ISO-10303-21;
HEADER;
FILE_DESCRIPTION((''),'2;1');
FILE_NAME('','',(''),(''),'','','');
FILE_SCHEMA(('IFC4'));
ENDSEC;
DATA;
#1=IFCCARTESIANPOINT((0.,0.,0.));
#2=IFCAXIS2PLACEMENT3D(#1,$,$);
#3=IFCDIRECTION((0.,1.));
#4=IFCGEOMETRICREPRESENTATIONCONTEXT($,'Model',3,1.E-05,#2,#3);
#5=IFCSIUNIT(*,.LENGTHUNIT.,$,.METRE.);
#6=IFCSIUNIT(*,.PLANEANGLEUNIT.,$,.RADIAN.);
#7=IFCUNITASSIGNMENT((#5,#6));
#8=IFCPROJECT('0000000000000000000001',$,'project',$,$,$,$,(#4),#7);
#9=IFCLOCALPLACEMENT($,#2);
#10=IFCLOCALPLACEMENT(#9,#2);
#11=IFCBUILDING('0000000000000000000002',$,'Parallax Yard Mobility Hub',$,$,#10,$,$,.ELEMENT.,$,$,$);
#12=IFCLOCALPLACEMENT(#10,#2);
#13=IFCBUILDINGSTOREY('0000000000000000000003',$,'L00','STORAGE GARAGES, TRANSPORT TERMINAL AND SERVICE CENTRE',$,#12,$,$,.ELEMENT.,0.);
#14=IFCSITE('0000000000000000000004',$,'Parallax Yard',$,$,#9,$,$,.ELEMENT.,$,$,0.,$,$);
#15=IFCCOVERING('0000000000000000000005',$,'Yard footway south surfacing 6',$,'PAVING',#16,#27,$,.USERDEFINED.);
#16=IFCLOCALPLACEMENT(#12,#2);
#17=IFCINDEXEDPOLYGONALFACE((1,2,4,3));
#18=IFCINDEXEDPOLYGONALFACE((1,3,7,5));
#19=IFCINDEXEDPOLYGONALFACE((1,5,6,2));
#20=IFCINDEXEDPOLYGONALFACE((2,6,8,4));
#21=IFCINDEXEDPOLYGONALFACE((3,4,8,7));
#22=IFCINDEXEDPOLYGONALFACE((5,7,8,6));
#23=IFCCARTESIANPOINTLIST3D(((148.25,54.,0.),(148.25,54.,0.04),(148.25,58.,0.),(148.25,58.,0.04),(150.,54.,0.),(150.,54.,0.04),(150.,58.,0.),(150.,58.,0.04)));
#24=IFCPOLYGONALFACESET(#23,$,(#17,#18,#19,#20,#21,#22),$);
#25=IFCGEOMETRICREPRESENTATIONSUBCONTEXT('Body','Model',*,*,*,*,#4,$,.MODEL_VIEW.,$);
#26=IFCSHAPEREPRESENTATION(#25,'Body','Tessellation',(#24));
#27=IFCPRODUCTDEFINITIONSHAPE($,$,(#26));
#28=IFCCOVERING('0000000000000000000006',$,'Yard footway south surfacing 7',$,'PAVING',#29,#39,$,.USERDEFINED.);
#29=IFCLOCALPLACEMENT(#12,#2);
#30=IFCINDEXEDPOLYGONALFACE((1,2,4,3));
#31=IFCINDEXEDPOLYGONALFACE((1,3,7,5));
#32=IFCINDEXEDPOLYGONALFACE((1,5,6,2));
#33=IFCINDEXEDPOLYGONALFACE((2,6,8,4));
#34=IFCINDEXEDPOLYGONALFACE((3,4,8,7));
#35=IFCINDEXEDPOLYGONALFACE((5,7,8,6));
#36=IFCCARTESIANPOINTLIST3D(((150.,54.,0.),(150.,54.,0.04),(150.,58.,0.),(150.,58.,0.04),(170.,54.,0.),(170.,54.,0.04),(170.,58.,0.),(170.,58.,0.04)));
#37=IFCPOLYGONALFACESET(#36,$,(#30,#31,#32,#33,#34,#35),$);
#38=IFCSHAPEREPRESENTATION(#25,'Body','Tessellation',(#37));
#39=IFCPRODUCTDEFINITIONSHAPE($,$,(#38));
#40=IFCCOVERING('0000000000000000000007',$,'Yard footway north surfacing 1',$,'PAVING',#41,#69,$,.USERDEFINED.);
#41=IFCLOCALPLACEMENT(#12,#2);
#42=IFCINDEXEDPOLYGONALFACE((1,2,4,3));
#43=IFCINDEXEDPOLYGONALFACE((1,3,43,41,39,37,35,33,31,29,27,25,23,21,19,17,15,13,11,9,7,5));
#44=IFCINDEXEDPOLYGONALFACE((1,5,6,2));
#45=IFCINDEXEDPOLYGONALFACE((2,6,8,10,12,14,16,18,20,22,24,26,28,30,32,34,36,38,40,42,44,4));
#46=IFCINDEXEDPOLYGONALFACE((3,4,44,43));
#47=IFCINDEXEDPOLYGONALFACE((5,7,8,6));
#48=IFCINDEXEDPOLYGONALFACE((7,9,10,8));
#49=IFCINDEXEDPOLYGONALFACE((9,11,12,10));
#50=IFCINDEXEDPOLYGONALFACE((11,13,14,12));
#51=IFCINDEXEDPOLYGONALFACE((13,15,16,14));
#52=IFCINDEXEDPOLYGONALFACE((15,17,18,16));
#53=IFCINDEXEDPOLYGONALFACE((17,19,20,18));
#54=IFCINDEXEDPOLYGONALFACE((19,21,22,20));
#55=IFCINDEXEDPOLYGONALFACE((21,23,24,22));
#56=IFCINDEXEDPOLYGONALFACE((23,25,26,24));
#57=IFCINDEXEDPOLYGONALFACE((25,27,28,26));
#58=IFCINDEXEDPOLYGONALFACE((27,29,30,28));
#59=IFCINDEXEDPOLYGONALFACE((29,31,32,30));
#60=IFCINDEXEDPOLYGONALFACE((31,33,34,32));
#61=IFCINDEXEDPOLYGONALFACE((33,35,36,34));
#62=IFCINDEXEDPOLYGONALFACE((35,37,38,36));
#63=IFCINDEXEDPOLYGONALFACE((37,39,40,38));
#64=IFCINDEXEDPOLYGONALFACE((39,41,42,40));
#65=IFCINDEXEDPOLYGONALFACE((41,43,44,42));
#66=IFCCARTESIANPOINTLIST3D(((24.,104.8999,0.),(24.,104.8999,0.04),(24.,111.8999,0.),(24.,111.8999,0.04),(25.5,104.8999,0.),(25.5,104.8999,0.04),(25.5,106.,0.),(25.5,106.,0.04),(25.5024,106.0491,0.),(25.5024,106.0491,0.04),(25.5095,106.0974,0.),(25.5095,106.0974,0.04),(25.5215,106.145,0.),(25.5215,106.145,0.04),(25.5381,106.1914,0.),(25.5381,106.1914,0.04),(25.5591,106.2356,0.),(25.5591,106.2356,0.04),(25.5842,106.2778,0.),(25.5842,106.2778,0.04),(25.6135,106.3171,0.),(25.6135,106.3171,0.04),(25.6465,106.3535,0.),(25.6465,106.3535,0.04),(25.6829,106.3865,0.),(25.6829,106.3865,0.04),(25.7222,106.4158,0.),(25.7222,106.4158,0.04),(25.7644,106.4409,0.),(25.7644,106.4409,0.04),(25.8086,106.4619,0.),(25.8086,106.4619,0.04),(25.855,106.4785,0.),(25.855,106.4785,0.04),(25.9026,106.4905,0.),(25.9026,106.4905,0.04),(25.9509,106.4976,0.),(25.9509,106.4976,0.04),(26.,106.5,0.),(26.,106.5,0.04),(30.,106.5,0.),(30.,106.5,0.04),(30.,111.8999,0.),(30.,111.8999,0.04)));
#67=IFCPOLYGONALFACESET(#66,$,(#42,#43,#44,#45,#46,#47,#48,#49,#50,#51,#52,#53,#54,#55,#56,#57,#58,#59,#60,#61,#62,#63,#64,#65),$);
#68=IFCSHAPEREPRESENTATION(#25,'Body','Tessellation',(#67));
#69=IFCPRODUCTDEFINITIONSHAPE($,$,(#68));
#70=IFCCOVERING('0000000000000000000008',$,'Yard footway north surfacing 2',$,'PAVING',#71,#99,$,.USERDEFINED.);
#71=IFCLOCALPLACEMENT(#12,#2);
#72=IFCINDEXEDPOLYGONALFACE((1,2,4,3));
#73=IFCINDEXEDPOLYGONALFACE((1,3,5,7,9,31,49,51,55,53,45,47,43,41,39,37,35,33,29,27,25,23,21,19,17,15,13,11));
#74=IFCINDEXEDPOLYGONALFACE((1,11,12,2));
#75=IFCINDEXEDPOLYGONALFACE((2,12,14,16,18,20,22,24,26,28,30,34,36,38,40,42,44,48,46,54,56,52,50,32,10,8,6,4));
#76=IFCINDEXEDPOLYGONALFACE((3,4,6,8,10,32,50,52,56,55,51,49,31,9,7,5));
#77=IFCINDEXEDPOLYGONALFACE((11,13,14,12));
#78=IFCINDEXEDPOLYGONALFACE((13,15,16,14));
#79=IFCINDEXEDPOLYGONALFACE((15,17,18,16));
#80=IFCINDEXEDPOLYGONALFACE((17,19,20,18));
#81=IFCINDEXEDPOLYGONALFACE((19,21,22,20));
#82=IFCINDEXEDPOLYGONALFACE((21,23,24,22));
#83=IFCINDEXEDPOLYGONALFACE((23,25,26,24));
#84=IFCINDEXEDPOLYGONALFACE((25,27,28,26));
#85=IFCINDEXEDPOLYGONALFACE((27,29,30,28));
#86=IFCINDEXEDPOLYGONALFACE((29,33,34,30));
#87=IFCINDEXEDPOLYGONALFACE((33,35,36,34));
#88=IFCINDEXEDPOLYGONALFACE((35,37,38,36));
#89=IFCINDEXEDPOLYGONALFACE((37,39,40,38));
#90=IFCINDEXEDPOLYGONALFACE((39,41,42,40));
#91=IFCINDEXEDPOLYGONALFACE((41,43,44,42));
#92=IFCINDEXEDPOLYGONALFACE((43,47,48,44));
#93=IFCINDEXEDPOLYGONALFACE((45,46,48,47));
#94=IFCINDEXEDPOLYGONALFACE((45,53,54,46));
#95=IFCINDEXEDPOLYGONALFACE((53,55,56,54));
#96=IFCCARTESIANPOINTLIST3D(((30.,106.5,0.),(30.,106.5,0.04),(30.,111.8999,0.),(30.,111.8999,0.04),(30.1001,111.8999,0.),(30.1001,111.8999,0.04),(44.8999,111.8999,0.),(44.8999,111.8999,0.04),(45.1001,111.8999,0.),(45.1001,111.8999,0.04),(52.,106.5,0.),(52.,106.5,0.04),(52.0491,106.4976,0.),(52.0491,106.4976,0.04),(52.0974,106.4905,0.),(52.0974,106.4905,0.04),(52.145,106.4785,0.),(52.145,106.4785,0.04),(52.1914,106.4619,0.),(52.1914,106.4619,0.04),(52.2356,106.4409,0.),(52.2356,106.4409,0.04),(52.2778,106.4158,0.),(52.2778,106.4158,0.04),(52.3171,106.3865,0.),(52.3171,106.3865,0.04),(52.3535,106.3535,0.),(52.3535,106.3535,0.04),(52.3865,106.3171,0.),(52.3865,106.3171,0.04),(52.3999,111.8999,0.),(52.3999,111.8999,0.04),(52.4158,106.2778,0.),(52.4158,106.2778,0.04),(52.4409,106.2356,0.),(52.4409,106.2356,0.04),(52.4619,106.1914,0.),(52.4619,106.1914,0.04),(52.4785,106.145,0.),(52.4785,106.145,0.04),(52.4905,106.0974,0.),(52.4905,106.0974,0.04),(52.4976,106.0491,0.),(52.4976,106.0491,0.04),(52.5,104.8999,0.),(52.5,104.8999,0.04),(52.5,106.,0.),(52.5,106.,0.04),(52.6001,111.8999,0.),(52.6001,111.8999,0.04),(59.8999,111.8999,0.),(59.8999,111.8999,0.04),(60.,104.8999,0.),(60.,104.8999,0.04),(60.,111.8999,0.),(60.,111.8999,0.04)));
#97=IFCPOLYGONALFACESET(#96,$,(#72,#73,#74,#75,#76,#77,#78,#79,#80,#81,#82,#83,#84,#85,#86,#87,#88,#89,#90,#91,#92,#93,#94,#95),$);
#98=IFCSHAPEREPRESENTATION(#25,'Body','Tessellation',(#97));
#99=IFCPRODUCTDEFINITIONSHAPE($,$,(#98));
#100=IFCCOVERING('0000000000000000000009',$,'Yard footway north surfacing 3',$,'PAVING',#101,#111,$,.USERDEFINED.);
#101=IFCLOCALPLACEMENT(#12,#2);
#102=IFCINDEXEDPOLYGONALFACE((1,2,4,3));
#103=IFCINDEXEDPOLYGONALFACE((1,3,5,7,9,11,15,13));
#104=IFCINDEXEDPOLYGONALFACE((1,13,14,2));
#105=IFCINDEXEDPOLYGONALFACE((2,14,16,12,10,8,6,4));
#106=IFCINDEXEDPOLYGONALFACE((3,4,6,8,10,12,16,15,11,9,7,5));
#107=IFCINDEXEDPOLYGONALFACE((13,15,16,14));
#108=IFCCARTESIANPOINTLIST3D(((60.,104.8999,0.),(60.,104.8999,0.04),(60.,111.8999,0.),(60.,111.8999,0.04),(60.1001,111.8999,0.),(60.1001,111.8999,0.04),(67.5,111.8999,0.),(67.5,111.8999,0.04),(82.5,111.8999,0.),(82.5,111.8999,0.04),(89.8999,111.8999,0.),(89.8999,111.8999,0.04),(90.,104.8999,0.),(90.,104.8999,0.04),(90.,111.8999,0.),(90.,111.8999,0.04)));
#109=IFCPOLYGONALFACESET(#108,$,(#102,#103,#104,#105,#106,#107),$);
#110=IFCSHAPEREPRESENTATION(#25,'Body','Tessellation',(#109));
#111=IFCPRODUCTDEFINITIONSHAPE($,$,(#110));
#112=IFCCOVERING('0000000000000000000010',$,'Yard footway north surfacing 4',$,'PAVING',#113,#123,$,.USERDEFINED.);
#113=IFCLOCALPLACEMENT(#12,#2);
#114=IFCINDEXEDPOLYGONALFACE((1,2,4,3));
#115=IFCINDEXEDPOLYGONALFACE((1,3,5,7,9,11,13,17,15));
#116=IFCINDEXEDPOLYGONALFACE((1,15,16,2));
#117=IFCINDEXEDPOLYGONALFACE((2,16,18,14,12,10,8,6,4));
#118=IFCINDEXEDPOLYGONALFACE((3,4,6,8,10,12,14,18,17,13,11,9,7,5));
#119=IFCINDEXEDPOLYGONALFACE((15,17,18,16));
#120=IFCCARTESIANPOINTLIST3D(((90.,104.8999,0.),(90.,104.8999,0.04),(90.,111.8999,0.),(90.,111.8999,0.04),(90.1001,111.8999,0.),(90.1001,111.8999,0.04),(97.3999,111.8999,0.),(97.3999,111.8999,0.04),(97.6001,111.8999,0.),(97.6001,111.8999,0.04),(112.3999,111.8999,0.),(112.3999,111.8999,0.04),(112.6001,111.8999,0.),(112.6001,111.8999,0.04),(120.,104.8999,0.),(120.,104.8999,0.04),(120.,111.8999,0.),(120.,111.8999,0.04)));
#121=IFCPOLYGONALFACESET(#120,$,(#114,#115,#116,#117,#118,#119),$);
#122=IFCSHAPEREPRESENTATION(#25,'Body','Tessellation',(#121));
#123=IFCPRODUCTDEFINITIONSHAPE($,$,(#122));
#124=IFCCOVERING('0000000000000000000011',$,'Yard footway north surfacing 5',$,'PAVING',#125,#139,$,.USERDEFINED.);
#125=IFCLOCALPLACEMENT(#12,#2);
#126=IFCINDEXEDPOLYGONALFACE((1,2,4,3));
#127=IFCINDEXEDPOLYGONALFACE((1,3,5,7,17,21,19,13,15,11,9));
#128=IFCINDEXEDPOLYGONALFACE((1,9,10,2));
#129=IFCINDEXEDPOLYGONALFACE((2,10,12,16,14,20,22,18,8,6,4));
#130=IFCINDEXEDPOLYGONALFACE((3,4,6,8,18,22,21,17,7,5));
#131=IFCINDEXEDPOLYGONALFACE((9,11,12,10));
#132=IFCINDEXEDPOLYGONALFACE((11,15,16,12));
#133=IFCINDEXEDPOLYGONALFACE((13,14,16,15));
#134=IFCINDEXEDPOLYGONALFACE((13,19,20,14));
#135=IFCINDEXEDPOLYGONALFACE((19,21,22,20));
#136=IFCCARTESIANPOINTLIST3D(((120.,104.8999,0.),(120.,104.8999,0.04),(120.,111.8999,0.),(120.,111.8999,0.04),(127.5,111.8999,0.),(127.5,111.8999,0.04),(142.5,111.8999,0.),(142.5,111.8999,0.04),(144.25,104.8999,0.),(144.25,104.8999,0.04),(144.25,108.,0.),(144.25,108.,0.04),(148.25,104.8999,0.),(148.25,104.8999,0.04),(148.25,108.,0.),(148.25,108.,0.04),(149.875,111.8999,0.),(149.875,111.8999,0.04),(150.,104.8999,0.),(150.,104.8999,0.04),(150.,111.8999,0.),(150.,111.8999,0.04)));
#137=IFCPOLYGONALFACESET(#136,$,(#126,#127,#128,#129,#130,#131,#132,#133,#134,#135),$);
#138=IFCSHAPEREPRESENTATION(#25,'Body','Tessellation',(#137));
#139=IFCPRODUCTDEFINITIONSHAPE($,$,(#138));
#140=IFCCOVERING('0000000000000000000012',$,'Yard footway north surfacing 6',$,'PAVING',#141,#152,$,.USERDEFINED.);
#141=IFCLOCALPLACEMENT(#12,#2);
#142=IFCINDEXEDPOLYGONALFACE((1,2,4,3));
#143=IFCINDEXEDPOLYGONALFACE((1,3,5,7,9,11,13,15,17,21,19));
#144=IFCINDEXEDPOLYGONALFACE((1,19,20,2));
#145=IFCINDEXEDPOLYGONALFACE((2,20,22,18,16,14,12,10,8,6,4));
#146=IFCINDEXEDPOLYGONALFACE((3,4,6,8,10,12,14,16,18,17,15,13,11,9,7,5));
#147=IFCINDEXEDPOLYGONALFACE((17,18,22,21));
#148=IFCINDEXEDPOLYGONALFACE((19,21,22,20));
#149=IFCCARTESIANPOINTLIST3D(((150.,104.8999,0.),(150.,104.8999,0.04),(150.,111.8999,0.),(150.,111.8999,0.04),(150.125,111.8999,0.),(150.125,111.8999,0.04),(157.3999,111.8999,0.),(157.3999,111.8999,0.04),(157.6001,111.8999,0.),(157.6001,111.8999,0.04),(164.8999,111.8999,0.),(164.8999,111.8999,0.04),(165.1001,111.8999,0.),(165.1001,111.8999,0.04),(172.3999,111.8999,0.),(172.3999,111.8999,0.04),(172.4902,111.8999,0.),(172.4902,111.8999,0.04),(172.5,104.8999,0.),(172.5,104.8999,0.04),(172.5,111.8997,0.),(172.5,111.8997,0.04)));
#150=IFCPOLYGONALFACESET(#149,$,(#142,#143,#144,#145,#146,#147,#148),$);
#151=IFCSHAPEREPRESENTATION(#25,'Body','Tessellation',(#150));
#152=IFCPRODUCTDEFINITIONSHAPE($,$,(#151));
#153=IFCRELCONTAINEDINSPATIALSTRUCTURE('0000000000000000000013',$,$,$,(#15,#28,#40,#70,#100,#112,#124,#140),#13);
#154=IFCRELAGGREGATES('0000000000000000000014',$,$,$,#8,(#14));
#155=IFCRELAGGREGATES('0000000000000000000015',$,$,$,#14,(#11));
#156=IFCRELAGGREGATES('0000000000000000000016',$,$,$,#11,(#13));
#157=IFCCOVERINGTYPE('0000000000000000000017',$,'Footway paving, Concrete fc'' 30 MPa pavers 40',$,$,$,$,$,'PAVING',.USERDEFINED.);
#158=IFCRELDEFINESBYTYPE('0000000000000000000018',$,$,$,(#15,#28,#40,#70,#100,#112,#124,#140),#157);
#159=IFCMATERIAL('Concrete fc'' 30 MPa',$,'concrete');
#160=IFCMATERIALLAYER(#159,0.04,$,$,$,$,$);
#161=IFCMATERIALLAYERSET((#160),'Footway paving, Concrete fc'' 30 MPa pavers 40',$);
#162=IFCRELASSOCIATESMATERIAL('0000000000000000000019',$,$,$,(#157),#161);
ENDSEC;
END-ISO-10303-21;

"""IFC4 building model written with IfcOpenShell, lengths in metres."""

from ifc_helpers import new_model, si_unit, direction, origin, place, context, subcontext, project, spatial, polyline, outline, extrude, material, layer, layer_set, type_object, element, save


model = new_model("IFC4")

# Units and contexts
model_context = context("Model", 3, precision=1e-05, world=origin(), true_north=direction((0.0, 1.0)))
body_context = subcontext(model_context, "Body", "Model", "MODEL_VIEW")
ifc_project = project(units=[si_unit("LENGTHUNIT", "METRE"), si_unit("PLANEANGLEUNIT", "RADIAN")], contexts=[model_context])

# Site, building, storey
site_placement = place(None, origin())
site = spatial("IfcSite", under=ifc_project, at=site_placement, Name="Parallax Yard", CompositionType="ELEMENT", RefElevation=0.0)
building_placement = place(site_placement, origin())
building = spatial("IfcBuilding", under=site, at=building_placement, Name="Parallax Yard Mobility Hub", CompositionType="ELEMENT")
storey_placement = place(building_placement, origin())
storey = spatial("IfcBuildingStorey", under=building, at=storey_placement, Name="L00", Description="STORAGE GARAGES, TRANSPORT TERMINAL AND SERVICE CENTRE", CompositionType="ELEMENT", Elevation=0.0)

# Coverings
ifc_material_1 = material(Name="Concrete fc' 30 MPa", Category="concrete")
ifc_layer_1 = layer(ifc_material_1, 0.04)
ifc_layer_set_1 = layer_set([ifc_layer_1], Name="Footway paving, Concrete fc' 30 MPa pavers 40")
covering_type_1 = type_object("IfcCoveringType", Name="Footway paving, Concrete fc' 30 MPa pavers 40", ElementType="PAVING", PredefinedType="USERDEFINED", material=ifc_layer_set_1)
covering_1_placement = place(storey_placement, origin())
element("IfcCovering", 1, at=covering_1_placement, inside=storey, type_object=covering_type_1, Name="Yard footway south surfacing 6", ObjectType="PAVING", PredefinedType="USERDEFINED", context=body_context, shape_type="SweptSolid", body=[
    extrude(outline(polyline([(148.25, 54.0), (148.25, 58.0), (150.0, 58.0), (150.0, 54.0), (148.25, 54.0)])), origin(), (0.0, 0.0, 1.0), 0.04),
])
covering_2_placement = place(storey_placement, origin())
element("IfcCovering", 2, at=covering_2_placement, inside=storey, type_object=covering_type_1, Name="Yard footway south surfacing 7", ObjectType="PAVING", PredefinedType="USERDEFINED", context=body_context, shape_type="SweptSolid", body=[
    extrude(outline(polyline([(170.0, 54.0), (150.0, 54.0), (150.0, 58.0), (170.0, 58.0), (170.0, 54.0)])), origin(), (0.0, 0.0, 1.0), 0.04),
])
covering_3_placement = place(storey_placement, origin())
element("IfcCovering", 3, at=covering_3_placement, inside=storey, type_object=covering_type_1, Name="Yard footway north surfacing 1", ObjectType="PAVING", PredefinedType="USERDEFINED", context=body_context, shape_type="SweptSolid", body=[
    extrude(outline(polyline([(26.0, 106.5), (25.9509, 106.4976), (25.9026, 106.4905), (25.855, 106.4785), (25.8086, 106.4619), (25.7644, 106.4409), (25.7222, 106.4158), (25.6829, 106.3865), (25.6465, 106.3535), (25.6135, 106.3171), (25.5842, 106.2778), (25.5591, 106.2356), (25.5381, 106.1914), (25.5215, 106.145), (25.5095, 106.0974), (25.5024, 106.0491), (25.5, 106.0), (25.5, 104.8999), (24.0, 104.8999), (24.0, 111.8999), (30.0, 111.8999), (30.0, 106.5), (26.0, 106.5)])), origin(), (0.0, 0.0, 1.0), 0.04),
])
covering_4_placement = place(storey_placement, origin())
element("IfcCovering", 4, at=covering_4_placement, inside=storey, type_object=covering_type_1, Name="Yard footway north surfacing 2", ObjectType="PAVING", PredefinedType="USERDEFINED", context=body_context, shape_type="SweptSolid", body=[
    extrude(outline(polyline([(52.5, 104.8999), (52.5, 106.0), (52.4976, 106.0491), (52.4905, 106.0974), (52.4785, 106.145), (52.4619, 106.1914), (52.4409, 106.2356), (52.4158, 106.2778), (52.3865, 106.3171), (52.3535, 106.3535), (52.3171, 106.3865), (52.2778, 106.4158), (52.2356, 106.4409), (52.1914, 106.4619), (52.145, 106.4785), (52.0974, 106.4905), (52.0491, 106.4976), (52.0, 106.5), (30.0, 106.5), (30.0, 111.8999), (30.1001, 111.8999), (44.8999, 111.8999), (45.1001, 111.8999), (52.3999, 111.8999), (52.6001, 111.8999), (59.8999, 111.8999), (60.0, 111.8999), (60.0, 104.8999), (52.5, 104.8999)])), origin(), (0.0, 0.0, 1.0), 0.04),
])
covering_5_placement = place(storey_placement, origin())
element("IfcCovering", 5, at=covering_5_placement, inside=storey, type_object=covering_type_1, Name="Yard footway north surfacing 3", ObjectType="PAVING", PredefinedType="USERDEFINED", context=body_context, shape_type="SweptSolid", body=[
    extrude(outline(polyline([(60.0, 104.8999), (60.0, 111.8999), (60.1001, 111.8999), (67.5, 111.8999), (82.5, 111.8999), (89.8999, 111.8999), (90.0, 111.8999), (90.0, 104.8999), (60.0, 104.8999)])), origin(), (0.0, 0.0, 1.0), 0.04),
])
covering_6_placement = place(storey_placement, origin())
element("IfcCovering", 6, at=covering_6_placement, inside=storey, type_object=covering_type_1, Name="Yard footway north surfacing 4", ObjectType="PAVING", PredefinedType="USERDEFINED", context=body_context, shape_type="SweptSolid", body=[
    extrude(outline(polyline([(90.0, 104.8999), (90.0, 111.8999), (90.1001, 111.8999), (97.3999, 111.8999), (97.6001, 111.8999), (112.3999, 111.8999), (112.6001, 111.8999), (120.0, 111.8999), (120.0, 104.8999), (90.0, 104.8999)])), origin(), (0.0, 0.0, 1.0), 0.04),
])
covering_7_placement = place(storey_placement, origin())
element("IfcCovering", 7, at=covering_7_placement, inside=storey, type_object=covering_type_1, Name="Yard footway north surfacing 5", ObjectType="PAVING", PredefinedType="USERDEFINED", context=body_context, shape_type="SweptSolid", body=[
    extrude(outline(polyline([(148.25, 108.0), (144.25, 108.0), (144.25, 104.8999), (120.0, 104.8999), (120.0, 111.8999), (127.5, 111.8999), (142.5, 111.8999), (149.875, 111.8999), (150.0, 111.8999), (150.0, 104.8999), (148.25, 104.8999), (148.25, 108.0)])), origin(), (0.0, 0.0, 1.0), 0.04),
])
covering_8_placement = place(storey_placement, origin())
element("IfcCovering", 8, at=covering_8_placement, inside=storey, type_object=covering_type_1, Name="Yard footway north surfacing 6", ObjectType="PAVING", PredefinedType="USERDEFINED", context=body_context, shape_type="SweptSolid", body=[
    extrude(outline(polyline([(150.125, 111.8999), (157.3999, 111.8999), (157.6001, 111.8999), (164.8999, 111.8999), (165.1001, 111.8999), (172.3999, 111.8999), (172.4902, 111.8999), (172.5, 111.8997), (172.5, 104.8999), (150.0, 104.8999), (150.0, 111.8999), (150.125, 111.8999)])), origin(), (0.0, 0.0, 1.0), 0.04),
])

save(model, "model.ifc")
